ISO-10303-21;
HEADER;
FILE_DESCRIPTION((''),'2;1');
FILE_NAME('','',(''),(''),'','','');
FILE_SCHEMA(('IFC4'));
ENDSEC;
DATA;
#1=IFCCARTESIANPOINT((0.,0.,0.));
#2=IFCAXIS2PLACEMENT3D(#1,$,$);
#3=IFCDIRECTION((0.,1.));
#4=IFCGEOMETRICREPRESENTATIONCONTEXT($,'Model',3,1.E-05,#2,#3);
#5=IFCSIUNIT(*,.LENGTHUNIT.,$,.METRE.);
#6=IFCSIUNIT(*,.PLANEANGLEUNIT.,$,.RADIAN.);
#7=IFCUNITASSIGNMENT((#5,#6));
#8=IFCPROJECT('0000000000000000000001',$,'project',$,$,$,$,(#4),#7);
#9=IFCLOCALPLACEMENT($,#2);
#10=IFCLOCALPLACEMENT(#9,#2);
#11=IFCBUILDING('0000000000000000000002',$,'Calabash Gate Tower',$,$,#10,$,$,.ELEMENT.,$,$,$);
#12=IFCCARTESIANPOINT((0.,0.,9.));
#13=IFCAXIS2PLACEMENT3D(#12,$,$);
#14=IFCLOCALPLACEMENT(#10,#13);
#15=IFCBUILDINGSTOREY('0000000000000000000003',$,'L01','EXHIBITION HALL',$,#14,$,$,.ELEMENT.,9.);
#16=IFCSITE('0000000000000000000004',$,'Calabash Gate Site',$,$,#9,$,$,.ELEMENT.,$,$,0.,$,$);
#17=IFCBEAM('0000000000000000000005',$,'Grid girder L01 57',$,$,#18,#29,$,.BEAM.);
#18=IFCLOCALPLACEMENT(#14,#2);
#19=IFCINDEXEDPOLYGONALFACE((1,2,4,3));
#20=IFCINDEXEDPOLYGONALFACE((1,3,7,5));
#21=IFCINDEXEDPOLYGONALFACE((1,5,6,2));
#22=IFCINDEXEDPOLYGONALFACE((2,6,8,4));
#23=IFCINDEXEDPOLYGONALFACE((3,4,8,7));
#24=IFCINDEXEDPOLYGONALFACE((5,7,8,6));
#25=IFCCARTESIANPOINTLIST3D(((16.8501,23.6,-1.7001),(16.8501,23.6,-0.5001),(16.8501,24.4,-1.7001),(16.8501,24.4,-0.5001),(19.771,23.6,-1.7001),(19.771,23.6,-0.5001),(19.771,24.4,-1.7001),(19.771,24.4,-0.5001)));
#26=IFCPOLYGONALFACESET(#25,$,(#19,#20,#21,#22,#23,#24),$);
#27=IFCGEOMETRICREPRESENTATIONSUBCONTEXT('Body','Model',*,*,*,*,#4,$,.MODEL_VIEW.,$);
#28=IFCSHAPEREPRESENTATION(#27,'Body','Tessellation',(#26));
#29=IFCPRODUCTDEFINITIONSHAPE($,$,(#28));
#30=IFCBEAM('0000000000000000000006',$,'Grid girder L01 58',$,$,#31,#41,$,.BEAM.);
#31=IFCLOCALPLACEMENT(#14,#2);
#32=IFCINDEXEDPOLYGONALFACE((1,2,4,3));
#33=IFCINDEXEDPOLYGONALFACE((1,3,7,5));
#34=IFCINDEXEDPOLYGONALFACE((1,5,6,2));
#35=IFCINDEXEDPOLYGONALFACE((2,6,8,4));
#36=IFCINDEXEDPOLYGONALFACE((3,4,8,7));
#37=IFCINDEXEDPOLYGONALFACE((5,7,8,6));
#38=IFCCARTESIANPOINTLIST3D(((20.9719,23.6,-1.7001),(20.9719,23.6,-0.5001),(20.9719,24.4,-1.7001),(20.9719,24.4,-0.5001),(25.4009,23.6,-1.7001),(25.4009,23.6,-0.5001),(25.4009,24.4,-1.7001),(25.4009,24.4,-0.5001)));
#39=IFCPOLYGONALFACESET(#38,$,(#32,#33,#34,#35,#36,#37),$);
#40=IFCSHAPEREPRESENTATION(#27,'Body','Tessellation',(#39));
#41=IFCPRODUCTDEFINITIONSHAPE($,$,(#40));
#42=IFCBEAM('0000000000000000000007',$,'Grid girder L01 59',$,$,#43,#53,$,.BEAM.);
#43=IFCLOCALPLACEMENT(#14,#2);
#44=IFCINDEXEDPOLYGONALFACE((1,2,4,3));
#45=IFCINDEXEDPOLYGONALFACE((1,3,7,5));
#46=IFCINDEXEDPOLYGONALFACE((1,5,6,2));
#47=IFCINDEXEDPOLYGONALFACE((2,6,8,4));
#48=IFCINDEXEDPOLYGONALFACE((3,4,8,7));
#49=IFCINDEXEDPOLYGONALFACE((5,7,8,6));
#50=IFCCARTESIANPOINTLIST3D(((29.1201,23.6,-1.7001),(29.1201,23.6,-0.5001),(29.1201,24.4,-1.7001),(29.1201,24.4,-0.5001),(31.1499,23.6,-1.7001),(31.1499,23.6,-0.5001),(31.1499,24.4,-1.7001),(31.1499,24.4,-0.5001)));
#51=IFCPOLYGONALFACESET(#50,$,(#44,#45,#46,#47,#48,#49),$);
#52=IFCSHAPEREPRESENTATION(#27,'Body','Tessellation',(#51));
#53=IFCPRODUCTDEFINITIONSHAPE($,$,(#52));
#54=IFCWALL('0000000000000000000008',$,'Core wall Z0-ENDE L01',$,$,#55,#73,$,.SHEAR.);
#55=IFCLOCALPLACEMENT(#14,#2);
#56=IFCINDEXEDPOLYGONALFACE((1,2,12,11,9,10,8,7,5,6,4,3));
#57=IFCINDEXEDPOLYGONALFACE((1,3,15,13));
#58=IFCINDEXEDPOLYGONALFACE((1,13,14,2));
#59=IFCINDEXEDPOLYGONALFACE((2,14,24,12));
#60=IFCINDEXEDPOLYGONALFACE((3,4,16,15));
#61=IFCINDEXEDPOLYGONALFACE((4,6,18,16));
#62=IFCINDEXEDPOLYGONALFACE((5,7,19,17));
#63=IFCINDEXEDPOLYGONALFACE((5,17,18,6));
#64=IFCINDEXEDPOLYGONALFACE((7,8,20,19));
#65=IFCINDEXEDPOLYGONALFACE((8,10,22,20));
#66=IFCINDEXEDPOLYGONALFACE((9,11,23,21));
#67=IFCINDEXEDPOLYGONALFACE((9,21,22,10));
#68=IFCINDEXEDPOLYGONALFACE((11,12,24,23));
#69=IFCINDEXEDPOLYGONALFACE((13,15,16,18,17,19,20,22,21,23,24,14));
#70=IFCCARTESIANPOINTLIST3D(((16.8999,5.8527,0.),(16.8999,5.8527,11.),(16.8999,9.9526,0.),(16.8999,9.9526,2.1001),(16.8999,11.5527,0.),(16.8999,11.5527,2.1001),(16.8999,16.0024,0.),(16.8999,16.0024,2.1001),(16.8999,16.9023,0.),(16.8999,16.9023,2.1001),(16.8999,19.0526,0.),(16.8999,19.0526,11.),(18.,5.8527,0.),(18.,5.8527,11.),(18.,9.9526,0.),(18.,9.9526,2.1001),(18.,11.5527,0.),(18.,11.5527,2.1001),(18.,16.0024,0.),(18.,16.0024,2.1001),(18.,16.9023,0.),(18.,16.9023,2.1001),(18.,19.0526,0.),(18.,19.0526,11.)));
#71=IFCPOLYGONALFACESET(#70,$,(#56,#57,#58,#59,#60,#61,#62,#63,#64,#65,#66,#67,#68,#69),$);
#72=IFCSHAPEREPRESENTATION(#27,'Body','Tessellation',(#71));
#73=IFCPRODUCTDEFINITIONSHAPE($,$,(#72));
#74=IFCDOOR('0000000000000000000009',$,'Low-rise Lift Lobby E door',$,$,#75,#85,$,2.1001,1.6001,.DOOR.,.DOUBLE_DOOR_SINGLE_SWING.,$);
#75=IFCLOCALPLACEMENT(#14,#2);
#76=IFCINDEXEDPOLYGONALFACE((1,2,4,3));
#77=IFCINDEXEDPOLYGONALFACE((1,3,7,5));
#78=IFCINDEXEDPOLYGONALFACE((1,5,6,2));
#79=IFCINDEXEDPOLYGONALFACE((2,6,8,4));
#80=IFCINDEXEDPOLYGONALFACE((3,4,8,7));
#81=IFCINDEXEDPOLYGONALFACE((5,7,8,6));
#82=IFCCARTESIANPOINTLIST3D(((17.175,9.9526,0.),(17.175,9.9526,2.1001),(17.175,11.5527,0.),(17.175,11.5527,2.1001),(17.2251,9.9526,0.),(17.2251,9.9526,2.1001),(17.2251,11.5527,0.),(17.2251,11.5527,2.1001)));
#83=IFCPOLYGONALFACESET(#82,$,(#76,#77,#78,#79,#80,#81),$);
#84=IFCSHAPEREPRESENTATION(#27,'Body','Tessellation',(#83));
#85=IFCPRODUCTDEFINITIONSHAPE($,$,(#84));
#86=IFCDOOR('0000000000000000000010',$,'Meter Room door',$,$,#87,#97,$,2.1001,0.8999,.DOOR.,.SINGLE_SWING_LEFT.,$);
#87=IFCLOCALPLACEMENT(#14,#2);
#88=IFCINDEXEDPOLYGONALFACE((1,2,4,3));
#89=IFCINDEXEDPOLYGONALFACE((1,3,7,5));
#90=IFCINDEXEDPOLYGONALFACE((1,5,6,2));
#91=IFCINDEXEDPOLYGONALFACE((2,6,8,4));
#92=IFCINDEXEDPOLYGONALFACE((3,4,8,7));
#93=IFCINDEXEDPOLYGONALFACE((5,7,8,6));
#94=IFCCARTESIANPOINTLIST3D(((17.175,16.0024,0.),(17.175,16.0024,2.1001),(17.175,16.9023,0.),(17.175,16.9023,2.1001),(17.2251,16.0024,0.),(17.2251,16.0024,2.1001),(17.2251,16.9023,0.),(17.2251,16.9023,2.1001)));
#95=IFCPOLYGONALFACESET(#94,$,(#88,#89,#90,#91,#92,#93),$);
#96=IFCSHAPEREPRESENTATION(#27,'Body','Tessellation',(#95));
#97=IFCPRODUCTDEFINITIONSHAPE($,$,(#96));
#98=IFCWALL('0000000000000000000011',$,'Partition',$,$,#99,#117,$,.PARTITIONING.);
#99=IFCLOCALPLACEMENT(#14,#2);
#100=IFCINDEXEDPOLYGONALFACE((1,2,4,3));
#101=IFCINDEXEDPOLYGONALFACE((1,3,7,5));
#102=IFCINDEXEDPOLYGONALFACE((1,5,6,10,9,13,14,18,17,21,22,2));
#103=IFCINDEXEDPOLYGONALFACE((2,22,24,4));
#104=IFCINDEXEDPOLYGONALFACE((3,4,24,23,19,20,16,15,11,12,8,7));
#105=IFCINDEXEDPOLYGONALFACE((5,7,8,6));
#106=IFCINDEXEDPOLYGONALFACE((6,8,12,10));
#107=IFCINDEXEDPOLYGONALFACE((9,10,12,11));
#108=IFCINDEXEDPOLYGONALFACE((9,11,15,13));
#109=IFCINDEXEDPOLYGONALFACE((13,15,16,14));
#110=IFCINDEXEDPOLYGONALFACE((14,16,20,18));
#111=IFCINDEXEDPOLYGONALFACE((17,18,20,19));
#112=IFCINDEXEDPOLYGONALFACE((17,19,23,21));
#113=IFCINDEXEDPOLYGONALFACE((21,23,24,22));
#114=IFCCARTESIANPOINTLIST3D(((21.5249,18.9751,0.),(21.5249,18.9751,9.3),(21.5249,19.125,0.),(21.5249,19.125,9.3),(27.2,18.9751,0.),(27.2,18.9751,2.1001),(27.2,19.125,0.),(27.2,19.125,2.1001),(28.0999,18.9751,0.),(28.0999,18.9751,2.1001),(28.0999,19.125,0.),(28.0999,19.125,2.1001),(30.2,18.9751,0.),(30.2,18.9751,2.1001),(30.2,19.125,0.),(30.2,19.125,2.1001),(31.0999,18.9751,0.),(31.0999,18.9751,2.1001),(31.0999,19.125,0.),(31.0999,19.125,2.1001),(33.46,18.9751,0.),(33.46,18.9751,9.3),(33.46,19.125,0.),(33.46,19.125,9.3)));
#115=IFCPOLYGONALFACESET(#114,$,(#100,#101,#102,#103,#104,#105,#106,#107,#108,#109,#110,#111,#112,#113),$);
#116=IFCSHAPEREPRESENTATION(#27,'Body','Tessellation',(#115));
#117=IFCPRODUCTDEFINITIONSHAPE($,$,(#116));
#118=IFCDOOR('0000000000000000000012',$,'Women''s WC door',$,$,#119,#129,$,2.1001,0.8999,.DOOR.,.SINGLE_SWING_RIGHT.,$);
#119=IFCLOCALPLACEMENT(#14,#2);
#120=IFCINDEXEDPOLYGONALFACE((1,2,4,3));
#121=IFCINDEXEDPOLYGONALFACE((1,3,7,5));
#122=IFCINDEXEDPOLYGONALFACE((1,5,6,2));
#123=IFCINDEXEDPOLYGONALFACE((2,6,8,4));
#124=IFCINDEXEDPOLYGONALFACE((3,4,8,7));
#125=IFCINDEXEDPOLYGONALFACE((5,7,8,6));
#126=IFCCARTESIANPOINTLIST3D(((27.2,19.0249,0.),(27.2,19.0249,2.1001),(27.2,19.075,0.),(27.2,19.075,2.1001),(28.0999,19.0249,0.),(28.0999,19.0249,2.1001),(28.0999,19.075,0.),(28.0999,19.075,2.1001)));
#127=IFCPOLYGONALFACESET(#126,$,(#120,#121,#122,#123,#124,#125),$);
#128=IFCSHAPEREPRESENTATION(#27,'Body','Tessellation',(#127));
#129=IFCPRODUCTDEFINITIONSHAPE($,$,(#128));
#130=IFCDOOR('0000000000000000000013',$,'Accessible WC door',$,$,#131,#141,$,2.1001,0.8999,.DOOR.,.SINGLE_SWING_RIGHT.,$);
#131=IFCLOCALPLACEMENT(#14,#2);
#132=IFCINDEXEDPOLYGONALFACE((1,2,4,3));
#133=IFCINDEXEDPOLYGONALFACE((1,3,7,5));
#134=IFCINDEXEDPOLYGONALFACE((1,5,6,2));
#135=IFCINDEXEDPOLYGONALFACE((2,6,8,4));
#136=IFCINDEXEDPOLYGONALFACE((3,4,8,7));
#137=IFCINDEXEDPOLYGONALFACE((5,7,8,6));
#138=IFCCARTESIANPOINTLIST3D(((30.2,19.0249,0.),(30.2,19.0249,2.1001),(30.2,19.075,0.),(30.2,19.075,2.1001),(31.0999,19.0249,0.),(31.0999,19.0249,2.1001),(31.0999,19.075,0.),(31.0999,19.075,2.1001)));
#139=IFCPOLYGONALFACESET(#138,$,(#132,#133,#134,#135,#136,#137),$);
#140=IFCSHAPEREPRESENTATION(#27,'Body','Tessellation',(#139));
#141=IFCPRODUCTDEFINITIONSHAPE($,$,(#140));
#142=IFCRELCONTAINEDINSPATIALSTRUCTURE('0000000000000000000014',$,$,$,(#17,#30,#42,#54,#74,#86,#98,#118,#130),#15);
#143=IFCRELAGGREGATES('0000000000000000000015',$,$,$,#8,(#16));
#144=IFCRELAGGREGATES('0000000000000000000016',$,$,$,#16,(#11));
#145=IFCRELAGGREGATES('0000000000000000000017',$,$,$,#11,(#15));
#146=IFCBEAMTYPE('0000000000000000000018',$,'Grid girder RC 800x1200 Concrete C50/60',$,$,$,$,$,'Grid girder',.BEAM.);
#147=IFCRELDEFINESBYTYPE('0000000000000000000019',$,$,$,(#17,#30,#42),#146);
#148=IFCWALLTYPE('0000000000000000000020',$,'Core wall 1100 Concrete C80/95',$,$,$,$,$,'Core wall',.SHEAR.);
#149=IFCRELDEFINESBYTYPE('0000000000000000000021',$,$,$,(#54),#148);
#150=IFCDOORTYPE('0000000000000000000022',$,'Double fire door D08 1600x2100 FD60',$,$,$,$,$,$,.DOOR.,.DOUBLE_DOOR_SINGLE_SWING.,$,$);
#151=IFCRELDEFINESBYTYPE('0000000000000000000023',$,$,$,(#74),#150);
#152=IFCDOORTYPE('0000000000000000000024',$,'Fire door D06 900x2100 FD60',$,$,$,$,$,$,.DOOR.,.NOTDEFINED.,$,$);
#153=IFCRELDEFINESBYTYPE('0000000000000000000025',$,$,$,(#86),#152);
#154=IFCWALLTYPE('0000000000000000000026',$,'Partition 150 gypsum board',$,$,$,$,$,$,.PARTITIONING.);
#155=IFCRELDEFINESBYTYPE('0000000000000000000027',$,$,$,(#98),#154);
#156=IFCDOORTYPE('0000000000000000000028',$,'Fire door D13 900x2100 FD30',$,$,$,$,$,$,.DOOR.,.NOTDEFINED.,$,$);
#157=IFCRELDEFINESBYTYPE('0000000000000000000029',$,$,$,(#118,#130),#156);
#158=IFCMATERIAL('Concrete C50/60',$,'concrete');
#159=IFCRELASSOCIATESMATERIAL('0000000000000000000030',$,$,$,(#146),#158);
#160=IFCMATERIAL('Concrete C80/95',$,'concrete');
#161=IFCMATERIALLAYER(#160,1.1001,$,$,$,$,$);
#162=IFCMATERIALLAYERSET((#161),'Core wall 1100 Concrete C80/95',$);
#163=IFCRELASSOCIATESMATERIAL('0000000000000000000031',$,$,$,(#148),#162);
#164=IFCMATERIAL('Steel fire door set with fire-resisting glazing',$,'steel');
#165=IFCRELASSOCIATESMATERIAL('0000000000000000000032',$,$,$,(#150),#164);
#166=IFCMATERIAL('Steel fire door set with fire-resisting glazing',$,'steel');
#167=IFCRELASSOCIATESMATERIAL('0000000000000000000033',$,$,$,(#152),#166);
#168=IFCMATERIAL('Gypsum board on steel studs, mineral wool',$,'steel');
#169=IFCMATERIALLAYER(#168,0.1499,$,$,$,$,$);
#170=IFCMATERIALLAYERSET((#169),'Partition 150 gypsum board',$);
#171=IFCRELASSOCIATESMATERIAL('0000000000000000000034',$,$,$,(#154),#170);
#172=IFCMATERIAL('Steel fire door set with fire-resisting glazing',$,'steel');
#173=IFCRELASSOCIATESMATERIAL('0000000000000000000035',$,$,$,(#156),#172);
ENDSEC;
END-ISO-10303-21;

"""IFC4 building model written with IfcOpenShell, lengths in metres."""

from ifc_helpers import new_model, si_unit, direction, frame, frame_2d, origin, origin_2d, place, context, subcontext, project, spatial, rectangle, extrude, material, layer, layer_set, material_profile, profile_set, type_object, element, fill, save


model = new_model("IFC4")

# Units and contexts
model_context = context("Model", 3, precision=1e-05, world=origin(), true_north=direction((0.0, 1.0)))
body_context = subcontext(model_context, "Body", "Model", "MODEL_VIEW")
ifc_project = project(units=[si_unit("LENGTHUNIT", "METRE"), si_unit("PLANEANGLEUNIT", "RADIAN")], contexts=[model_context])

# Site, building, storey
site_placement = place(None, origin())
site = spatial("IfcSite", under=ifc_project, at=site_placement, Name="Calabash Gate Site", CompositionType="ELEMENT", RefElevation=0.0)
building_placement = place(site_placement, origin())
building = spatial("IfcBuilding", under=site, at=building_placement, Name="Calabash Gate Tower", CompositionType="ELEMENT")
storey_placement = place(building_placement, frame((0.0, 0.0, 9.0)))
storey = spatial("IfcBuildingStorey", under=building, at=storey_placement, Name="L01", Description="EXHIBITION HALL", CompositionType="ELEMENT", Elevation=9.0)

# Beams
ifc_material_1 = material(Name="Concrete C50/60", Category="concrete")
ifc_material_profile_1 = material_profile(ifc_material_1, rectangle(XDim=0.8, YDim=1.2, at=origin_2d()))
ifc_profile_set_1 = profile_set([ifc_material_profile_1], Name="Concrete C50/60")
beam_type_1 = type_object("IfcBeamType", Name="Grid girder RC 800x1200 Concrete C50/60", ElementType="Grid girder", PredefinedType="BEAM", material=ifc_profile_set_1)
beam_1_placement = place(storey_placement, frame((16.8501, 24.0, -1.1001), z_axis=(1.0, 0.0, 0.0), x_axis=(0.0, 1.0, 0.0)))
element("IfcBeam", 1, at=beam_1_placement, inside=storey, type_object=beam_type_1, Name="Grid girder L01 57", PredefinedType="BEAM", context=body_context, shape_type="SweptSolid", body=[
    extrude(rectangle(XDim=0.8, YDim=1.2, at=origin_2d()), origin(), (0.0, 0.0, 1.0), 2.9209),
])
beam_2_placement = place(storey_placement, frame((20.9719, 24.0, -1.1001), z_axis=(1.0, 0.0, 0.0), x_axis=(0.0, 1.0, 0.0)))
element("IfcBeam", 2, at=beam_2_placement, inside=storey, type_object=beam_type_1, Name="Grid girder L01 58", PredefinedType="BEAM", context=body_context, shape_type="SweptSolid", body=[
    extrude(rectangle(XDim=0.8, YDim=1.2, at=origin_2d()), origin(), (0.0, 0.0, 1.0), 4.429),
])
beam_3_placement = place(storey_placement, frame((29.1201, 24.0, -1.1001), z_axis=(1.0, 0.0, 0.0), x_axis=(0.0, 1.0, 0.0)))
element("IfcBeam", 3, at=beam_3_placement, inside=storey, type_object=beam_type_1, Name="Grid girder L01 59", PredefinedType="BEAM", context=body_context, shape_type="SweptSolid", body=[
    extrude(rectangle(XDim=0.8, YDim=1.2, at=origin_2d()), origin(), (0.0, 0.0, 1.0), 2.0298),
])

# Walls, openings, doors
ifc_material_2 = material(Name="Concrete C80/95", Category="concrete")
ifc_layer_1 = layer(ifc_material_2, 1.1001)
ifc_layer_set_1 = layer_set([ifc_layer_1], Name="Core wall 1100 Concrete C80/95")
wall_type_1 = type_object("IfcWallType", Name="Core wall 1100 Concrete C80/95", ElementType="Core wall", PredefinedType="SHEAR", material=ifc_layer_set_1)
wall_1_placement = place(storey_placement, frame((17.45, 5.8525, 0.0), z_axis=(0.0, 0.0, 1.0), x_axis=(0.0, 1.0, 0.0)))
wall_1 = element("IfcWall", 4, at=wall_1_placement, inside=storey, type_object=wall_type_1, Name="Core wall Z0-ENDE L01", PredefinedType="SHEAR", context=body_context, shape_type="SweptSolid", body=[
    extrude(rectangle(XDim=13.2, YDim=1.1001, at=frame_2d((6.6001, 0.0))), origin(), (0.0, 0.0, 1.0), 11.0),
])
opening_1_placement = place(wall_1_placement, frame((4.1001, 0.0, 0.0)))
opening_1 = element("IfcOpeningElement", 5, at=opening_1_placement, cuts=wall_1, PredefinedType="OPENING", context=body_context, shape_type="SweptSolid", body=[
    extrude(rectangle(XDim=1.6001, YDim=2.1001, at=frame_2d((0.8, 1.05))), frame((0.0, 0.5601, 0.0), z_axis=(0.0, -1.0, 0.0), x_axis=(1.0, 0.0, 0.0)), (0.0, 0.0, 1.0), 1.1201),
])
opening_2_placement = place(wall_1_placement, frame((10.1499, 0.0, 0.0)))
opening_2 = element("IfcOpeningElement", 6, at=opening_2_placement, cuts=wall_1, PredefinedType="OPENING", context=body_context, shape_type="SweptSolid", body=[
    extrude(rectangle(XDim=0.8999, YDim=2.1001, at=frame_2d((0.45, 1.05))), frame((0.0, 0.5601, 0.0), z_axis=(0.0, -1.0, 0.0), x_axis=(1.0, 0.0, 0.0)), (0.0, 0.0, 1.0), 1.1201),
])
ifc_material_3 = material(Name="Steel fire door set with fire-resisting glazing", Category="steel")
door_type_1 = type_object("IfcDoorType", Name="Double fire door D08 1600x2100 FD60", OperationType="DOUBLE_DOOR_SINGLE_SWING", PredefinedType="DOOR", material=ifc_material_3)
door_1_placement = place(opening_1_placement, origin())
door_1 = element("IfcDoor", 7, at=door_1_placement, inside=storey, type_object=door_type_1, Name="Low-rise Lift Lobby E door", OperationType="DOUBLE_DOOR_SINGLE_SWING", OverallHeight=2.1001, OverallWidth=1.6001, PredefinedType="DOOR", context=body_context, shape_type="SweptSolid", body=[
    extrude(rectangle(XDim=1.6001, YDim=2.1001, at=frame_2d((0.8, 1.05))), frame((0.0, 0.2749, 0.0), z_axis=(0.0, -1.0, 0.0), x_axis=(1.0, 0.0, 0.0)), (0.0, 0.0, 1.0), 0.05),
])
fill(opening_1, door_1)
ifc_material_4 = material(Name="Steel fire door set with fire-resisting glazing", Category="steel")
door_type_2 = type_object("IfcDoorType", Name="Fire door D06 900x2100 FD60", OperationType="NOTDEFINED", PredefinedType="DOOR", material=ifc_material_4)
door_2_placement = place(opening_2_placement, origin())
door_2 = element("IfcDoor", 8, at=door_2_placement, inside=storey, type_object=door_type_2, Name="Meter Room door", OperationType="SINGLE_SWING_LEFT", OverallHeight=2.1001, OverallWidth=0.8999, PredefinedType="DOOR", context=body_context, shape_type="SweptSolid", body=[
    extrude(rectangle(XDim=0.8999, YDim=2.1001, at=frame_2d((0.45, 1.05))), frame((0.0, 0.2749, 0.0), z_axis=(0.0, -1.0, 0.0), x_axis=(1.0, 0.0, 0.0)), (0.0, 0.0, 1.0), 0.05),
])
fill(opening_2, door_2)
ifc_material_5 = material(Name="Gypsum board on steel studs, mineral wool", Category="steel")
ifc_layer_2 = layer(ifc_material_5, 0.1499)
ifc_layer_set_2 = layer_set([ifc_layer_2], Name="Partition 150 gypsum board")
wall_type_2 = type_object("IfcWallType", Name="Partition 150 gypsum board", PredefinedType="PARTITIONING", material=ifc_layer_set_2)
wall_2_placement = place(storey_placement, frame((21.5249, 19.05, 0.0), z_axis=(0.0, 0.0, 1.0), x_axis=(1.0, 0.0, 0.0)))
wall_2 = element("IfcWall", 9, at=wall_2_placement, inside=storey, type_object=wall_type_2, Name="Partition", PredefinedType="PARTITIONING", context=body_context, shape_type="SweptSolid", body=[
    extrude(rectangle(XDim=11.9351, YDim=0.1499, at=frame_2d((5.9675, 0.0))), origin(), (0.0, 0.0, 1.0), 9.3),
])
opening_3_placement = place(wall_2_placement, frame((5.675, 0.0, 0.0)))
opening_3 = element("IfcOpeningElement", 10, at=opening_3_placement, cuts=wall_2, PredefinedType="OPENING", context=body_context, shape_type="SweptSolid", body=[
    extrude(rectangle(XDim=0.8999, YDim=2.1001, at=frame_2d((0.45, 1.05))), frame((0.0, 0.085, 0.0), z_axis=(0.0, -1.0, 0.0), x_axis=(1.0, 0.0, 0.0)), (0.0, 0.0, 1.0), 0.1699),
])
opening_4_placement = place(wall_2_placement, frame((8.675, 0.0, 0.0)))
opening_4 = element("IfcOpeningElement", 11, at=opening_4_placement, cuts=wall_2, PredefinedType="OPENING", context=body_context, shape_type="SweptSolid", body=[
    extrude(rectangle(XDim=0.8999, YDim=2.1001, at=frame_2d((0.45, 1.05))), frame((0.0, 0.085, 0.0), z_axis=(0.0, -1.0, 0.0), x_axis=(1.0, 0.0, 0.0)), (0.0, 0.0, 1.0), 0.1699),
])
ifc_material_6 = material(Name="Steel fire door set with fire-resisting glazing", Category="steel")
door_type_3 = type_object("IfcDoorType", Name="Fire door D13 900x2100 FD30", OperationType="NOTDEFINED", PredefinedType="DOOR", material=ifc_material_6)
door_3_placement = place(opening_3_placement, origin())
door_3 = element("IfcDoor", 12, at=door_3_placement, inside=storey, type_object=door_type_3, Name="Women's WC door", OperationType="SINGLE_SWING_RIGHT", OverallHeight=2.1001, OverallWidth=0.8999, PredefinedType="DOOR", context=body_context, shape_type="SweptSolid", body=[
    extrude(rectangle(XDim=0.8999, YDim=2.1001, at=frame_2d((0.45, 1.05))), frame((0.0, 0.0249, 0.0), z_axis=(0.0, -1.0, 0.0), x_axis=(1.0, 0.0, 0.0)), (0.0, 0.0, 1.0), 0.05),
])
fill(opening_3, door_3)
door_4_placement = place(opening_4_placement, origin())
door_4 = element("IfcDoor", 13, at=door_4_placement, inside=storey, type_object=door_type_3, Name="Accessible WC door", OperationType="SINGLE_SWING_RIGHT", OverallHeight=2.1001, OverallWidth=0.8999, PredefinedType="DOOR", context=body_context, shape_type="SweptSolid", body=[
    extrude(rectangle(XDim=0.8999, YDim=2.1001, at=frame_2d((0.45, 1.05))), frame((0.0, 0.0249, 0.0), z_axis=(0.0, -1.0, 0.0), x_axis=(1.0, 0.0, 0.0)), (0.0, 0.0, 1.0), 0.05),
])
fill(opening_4, door_4)

save(model, "model.ifc")
